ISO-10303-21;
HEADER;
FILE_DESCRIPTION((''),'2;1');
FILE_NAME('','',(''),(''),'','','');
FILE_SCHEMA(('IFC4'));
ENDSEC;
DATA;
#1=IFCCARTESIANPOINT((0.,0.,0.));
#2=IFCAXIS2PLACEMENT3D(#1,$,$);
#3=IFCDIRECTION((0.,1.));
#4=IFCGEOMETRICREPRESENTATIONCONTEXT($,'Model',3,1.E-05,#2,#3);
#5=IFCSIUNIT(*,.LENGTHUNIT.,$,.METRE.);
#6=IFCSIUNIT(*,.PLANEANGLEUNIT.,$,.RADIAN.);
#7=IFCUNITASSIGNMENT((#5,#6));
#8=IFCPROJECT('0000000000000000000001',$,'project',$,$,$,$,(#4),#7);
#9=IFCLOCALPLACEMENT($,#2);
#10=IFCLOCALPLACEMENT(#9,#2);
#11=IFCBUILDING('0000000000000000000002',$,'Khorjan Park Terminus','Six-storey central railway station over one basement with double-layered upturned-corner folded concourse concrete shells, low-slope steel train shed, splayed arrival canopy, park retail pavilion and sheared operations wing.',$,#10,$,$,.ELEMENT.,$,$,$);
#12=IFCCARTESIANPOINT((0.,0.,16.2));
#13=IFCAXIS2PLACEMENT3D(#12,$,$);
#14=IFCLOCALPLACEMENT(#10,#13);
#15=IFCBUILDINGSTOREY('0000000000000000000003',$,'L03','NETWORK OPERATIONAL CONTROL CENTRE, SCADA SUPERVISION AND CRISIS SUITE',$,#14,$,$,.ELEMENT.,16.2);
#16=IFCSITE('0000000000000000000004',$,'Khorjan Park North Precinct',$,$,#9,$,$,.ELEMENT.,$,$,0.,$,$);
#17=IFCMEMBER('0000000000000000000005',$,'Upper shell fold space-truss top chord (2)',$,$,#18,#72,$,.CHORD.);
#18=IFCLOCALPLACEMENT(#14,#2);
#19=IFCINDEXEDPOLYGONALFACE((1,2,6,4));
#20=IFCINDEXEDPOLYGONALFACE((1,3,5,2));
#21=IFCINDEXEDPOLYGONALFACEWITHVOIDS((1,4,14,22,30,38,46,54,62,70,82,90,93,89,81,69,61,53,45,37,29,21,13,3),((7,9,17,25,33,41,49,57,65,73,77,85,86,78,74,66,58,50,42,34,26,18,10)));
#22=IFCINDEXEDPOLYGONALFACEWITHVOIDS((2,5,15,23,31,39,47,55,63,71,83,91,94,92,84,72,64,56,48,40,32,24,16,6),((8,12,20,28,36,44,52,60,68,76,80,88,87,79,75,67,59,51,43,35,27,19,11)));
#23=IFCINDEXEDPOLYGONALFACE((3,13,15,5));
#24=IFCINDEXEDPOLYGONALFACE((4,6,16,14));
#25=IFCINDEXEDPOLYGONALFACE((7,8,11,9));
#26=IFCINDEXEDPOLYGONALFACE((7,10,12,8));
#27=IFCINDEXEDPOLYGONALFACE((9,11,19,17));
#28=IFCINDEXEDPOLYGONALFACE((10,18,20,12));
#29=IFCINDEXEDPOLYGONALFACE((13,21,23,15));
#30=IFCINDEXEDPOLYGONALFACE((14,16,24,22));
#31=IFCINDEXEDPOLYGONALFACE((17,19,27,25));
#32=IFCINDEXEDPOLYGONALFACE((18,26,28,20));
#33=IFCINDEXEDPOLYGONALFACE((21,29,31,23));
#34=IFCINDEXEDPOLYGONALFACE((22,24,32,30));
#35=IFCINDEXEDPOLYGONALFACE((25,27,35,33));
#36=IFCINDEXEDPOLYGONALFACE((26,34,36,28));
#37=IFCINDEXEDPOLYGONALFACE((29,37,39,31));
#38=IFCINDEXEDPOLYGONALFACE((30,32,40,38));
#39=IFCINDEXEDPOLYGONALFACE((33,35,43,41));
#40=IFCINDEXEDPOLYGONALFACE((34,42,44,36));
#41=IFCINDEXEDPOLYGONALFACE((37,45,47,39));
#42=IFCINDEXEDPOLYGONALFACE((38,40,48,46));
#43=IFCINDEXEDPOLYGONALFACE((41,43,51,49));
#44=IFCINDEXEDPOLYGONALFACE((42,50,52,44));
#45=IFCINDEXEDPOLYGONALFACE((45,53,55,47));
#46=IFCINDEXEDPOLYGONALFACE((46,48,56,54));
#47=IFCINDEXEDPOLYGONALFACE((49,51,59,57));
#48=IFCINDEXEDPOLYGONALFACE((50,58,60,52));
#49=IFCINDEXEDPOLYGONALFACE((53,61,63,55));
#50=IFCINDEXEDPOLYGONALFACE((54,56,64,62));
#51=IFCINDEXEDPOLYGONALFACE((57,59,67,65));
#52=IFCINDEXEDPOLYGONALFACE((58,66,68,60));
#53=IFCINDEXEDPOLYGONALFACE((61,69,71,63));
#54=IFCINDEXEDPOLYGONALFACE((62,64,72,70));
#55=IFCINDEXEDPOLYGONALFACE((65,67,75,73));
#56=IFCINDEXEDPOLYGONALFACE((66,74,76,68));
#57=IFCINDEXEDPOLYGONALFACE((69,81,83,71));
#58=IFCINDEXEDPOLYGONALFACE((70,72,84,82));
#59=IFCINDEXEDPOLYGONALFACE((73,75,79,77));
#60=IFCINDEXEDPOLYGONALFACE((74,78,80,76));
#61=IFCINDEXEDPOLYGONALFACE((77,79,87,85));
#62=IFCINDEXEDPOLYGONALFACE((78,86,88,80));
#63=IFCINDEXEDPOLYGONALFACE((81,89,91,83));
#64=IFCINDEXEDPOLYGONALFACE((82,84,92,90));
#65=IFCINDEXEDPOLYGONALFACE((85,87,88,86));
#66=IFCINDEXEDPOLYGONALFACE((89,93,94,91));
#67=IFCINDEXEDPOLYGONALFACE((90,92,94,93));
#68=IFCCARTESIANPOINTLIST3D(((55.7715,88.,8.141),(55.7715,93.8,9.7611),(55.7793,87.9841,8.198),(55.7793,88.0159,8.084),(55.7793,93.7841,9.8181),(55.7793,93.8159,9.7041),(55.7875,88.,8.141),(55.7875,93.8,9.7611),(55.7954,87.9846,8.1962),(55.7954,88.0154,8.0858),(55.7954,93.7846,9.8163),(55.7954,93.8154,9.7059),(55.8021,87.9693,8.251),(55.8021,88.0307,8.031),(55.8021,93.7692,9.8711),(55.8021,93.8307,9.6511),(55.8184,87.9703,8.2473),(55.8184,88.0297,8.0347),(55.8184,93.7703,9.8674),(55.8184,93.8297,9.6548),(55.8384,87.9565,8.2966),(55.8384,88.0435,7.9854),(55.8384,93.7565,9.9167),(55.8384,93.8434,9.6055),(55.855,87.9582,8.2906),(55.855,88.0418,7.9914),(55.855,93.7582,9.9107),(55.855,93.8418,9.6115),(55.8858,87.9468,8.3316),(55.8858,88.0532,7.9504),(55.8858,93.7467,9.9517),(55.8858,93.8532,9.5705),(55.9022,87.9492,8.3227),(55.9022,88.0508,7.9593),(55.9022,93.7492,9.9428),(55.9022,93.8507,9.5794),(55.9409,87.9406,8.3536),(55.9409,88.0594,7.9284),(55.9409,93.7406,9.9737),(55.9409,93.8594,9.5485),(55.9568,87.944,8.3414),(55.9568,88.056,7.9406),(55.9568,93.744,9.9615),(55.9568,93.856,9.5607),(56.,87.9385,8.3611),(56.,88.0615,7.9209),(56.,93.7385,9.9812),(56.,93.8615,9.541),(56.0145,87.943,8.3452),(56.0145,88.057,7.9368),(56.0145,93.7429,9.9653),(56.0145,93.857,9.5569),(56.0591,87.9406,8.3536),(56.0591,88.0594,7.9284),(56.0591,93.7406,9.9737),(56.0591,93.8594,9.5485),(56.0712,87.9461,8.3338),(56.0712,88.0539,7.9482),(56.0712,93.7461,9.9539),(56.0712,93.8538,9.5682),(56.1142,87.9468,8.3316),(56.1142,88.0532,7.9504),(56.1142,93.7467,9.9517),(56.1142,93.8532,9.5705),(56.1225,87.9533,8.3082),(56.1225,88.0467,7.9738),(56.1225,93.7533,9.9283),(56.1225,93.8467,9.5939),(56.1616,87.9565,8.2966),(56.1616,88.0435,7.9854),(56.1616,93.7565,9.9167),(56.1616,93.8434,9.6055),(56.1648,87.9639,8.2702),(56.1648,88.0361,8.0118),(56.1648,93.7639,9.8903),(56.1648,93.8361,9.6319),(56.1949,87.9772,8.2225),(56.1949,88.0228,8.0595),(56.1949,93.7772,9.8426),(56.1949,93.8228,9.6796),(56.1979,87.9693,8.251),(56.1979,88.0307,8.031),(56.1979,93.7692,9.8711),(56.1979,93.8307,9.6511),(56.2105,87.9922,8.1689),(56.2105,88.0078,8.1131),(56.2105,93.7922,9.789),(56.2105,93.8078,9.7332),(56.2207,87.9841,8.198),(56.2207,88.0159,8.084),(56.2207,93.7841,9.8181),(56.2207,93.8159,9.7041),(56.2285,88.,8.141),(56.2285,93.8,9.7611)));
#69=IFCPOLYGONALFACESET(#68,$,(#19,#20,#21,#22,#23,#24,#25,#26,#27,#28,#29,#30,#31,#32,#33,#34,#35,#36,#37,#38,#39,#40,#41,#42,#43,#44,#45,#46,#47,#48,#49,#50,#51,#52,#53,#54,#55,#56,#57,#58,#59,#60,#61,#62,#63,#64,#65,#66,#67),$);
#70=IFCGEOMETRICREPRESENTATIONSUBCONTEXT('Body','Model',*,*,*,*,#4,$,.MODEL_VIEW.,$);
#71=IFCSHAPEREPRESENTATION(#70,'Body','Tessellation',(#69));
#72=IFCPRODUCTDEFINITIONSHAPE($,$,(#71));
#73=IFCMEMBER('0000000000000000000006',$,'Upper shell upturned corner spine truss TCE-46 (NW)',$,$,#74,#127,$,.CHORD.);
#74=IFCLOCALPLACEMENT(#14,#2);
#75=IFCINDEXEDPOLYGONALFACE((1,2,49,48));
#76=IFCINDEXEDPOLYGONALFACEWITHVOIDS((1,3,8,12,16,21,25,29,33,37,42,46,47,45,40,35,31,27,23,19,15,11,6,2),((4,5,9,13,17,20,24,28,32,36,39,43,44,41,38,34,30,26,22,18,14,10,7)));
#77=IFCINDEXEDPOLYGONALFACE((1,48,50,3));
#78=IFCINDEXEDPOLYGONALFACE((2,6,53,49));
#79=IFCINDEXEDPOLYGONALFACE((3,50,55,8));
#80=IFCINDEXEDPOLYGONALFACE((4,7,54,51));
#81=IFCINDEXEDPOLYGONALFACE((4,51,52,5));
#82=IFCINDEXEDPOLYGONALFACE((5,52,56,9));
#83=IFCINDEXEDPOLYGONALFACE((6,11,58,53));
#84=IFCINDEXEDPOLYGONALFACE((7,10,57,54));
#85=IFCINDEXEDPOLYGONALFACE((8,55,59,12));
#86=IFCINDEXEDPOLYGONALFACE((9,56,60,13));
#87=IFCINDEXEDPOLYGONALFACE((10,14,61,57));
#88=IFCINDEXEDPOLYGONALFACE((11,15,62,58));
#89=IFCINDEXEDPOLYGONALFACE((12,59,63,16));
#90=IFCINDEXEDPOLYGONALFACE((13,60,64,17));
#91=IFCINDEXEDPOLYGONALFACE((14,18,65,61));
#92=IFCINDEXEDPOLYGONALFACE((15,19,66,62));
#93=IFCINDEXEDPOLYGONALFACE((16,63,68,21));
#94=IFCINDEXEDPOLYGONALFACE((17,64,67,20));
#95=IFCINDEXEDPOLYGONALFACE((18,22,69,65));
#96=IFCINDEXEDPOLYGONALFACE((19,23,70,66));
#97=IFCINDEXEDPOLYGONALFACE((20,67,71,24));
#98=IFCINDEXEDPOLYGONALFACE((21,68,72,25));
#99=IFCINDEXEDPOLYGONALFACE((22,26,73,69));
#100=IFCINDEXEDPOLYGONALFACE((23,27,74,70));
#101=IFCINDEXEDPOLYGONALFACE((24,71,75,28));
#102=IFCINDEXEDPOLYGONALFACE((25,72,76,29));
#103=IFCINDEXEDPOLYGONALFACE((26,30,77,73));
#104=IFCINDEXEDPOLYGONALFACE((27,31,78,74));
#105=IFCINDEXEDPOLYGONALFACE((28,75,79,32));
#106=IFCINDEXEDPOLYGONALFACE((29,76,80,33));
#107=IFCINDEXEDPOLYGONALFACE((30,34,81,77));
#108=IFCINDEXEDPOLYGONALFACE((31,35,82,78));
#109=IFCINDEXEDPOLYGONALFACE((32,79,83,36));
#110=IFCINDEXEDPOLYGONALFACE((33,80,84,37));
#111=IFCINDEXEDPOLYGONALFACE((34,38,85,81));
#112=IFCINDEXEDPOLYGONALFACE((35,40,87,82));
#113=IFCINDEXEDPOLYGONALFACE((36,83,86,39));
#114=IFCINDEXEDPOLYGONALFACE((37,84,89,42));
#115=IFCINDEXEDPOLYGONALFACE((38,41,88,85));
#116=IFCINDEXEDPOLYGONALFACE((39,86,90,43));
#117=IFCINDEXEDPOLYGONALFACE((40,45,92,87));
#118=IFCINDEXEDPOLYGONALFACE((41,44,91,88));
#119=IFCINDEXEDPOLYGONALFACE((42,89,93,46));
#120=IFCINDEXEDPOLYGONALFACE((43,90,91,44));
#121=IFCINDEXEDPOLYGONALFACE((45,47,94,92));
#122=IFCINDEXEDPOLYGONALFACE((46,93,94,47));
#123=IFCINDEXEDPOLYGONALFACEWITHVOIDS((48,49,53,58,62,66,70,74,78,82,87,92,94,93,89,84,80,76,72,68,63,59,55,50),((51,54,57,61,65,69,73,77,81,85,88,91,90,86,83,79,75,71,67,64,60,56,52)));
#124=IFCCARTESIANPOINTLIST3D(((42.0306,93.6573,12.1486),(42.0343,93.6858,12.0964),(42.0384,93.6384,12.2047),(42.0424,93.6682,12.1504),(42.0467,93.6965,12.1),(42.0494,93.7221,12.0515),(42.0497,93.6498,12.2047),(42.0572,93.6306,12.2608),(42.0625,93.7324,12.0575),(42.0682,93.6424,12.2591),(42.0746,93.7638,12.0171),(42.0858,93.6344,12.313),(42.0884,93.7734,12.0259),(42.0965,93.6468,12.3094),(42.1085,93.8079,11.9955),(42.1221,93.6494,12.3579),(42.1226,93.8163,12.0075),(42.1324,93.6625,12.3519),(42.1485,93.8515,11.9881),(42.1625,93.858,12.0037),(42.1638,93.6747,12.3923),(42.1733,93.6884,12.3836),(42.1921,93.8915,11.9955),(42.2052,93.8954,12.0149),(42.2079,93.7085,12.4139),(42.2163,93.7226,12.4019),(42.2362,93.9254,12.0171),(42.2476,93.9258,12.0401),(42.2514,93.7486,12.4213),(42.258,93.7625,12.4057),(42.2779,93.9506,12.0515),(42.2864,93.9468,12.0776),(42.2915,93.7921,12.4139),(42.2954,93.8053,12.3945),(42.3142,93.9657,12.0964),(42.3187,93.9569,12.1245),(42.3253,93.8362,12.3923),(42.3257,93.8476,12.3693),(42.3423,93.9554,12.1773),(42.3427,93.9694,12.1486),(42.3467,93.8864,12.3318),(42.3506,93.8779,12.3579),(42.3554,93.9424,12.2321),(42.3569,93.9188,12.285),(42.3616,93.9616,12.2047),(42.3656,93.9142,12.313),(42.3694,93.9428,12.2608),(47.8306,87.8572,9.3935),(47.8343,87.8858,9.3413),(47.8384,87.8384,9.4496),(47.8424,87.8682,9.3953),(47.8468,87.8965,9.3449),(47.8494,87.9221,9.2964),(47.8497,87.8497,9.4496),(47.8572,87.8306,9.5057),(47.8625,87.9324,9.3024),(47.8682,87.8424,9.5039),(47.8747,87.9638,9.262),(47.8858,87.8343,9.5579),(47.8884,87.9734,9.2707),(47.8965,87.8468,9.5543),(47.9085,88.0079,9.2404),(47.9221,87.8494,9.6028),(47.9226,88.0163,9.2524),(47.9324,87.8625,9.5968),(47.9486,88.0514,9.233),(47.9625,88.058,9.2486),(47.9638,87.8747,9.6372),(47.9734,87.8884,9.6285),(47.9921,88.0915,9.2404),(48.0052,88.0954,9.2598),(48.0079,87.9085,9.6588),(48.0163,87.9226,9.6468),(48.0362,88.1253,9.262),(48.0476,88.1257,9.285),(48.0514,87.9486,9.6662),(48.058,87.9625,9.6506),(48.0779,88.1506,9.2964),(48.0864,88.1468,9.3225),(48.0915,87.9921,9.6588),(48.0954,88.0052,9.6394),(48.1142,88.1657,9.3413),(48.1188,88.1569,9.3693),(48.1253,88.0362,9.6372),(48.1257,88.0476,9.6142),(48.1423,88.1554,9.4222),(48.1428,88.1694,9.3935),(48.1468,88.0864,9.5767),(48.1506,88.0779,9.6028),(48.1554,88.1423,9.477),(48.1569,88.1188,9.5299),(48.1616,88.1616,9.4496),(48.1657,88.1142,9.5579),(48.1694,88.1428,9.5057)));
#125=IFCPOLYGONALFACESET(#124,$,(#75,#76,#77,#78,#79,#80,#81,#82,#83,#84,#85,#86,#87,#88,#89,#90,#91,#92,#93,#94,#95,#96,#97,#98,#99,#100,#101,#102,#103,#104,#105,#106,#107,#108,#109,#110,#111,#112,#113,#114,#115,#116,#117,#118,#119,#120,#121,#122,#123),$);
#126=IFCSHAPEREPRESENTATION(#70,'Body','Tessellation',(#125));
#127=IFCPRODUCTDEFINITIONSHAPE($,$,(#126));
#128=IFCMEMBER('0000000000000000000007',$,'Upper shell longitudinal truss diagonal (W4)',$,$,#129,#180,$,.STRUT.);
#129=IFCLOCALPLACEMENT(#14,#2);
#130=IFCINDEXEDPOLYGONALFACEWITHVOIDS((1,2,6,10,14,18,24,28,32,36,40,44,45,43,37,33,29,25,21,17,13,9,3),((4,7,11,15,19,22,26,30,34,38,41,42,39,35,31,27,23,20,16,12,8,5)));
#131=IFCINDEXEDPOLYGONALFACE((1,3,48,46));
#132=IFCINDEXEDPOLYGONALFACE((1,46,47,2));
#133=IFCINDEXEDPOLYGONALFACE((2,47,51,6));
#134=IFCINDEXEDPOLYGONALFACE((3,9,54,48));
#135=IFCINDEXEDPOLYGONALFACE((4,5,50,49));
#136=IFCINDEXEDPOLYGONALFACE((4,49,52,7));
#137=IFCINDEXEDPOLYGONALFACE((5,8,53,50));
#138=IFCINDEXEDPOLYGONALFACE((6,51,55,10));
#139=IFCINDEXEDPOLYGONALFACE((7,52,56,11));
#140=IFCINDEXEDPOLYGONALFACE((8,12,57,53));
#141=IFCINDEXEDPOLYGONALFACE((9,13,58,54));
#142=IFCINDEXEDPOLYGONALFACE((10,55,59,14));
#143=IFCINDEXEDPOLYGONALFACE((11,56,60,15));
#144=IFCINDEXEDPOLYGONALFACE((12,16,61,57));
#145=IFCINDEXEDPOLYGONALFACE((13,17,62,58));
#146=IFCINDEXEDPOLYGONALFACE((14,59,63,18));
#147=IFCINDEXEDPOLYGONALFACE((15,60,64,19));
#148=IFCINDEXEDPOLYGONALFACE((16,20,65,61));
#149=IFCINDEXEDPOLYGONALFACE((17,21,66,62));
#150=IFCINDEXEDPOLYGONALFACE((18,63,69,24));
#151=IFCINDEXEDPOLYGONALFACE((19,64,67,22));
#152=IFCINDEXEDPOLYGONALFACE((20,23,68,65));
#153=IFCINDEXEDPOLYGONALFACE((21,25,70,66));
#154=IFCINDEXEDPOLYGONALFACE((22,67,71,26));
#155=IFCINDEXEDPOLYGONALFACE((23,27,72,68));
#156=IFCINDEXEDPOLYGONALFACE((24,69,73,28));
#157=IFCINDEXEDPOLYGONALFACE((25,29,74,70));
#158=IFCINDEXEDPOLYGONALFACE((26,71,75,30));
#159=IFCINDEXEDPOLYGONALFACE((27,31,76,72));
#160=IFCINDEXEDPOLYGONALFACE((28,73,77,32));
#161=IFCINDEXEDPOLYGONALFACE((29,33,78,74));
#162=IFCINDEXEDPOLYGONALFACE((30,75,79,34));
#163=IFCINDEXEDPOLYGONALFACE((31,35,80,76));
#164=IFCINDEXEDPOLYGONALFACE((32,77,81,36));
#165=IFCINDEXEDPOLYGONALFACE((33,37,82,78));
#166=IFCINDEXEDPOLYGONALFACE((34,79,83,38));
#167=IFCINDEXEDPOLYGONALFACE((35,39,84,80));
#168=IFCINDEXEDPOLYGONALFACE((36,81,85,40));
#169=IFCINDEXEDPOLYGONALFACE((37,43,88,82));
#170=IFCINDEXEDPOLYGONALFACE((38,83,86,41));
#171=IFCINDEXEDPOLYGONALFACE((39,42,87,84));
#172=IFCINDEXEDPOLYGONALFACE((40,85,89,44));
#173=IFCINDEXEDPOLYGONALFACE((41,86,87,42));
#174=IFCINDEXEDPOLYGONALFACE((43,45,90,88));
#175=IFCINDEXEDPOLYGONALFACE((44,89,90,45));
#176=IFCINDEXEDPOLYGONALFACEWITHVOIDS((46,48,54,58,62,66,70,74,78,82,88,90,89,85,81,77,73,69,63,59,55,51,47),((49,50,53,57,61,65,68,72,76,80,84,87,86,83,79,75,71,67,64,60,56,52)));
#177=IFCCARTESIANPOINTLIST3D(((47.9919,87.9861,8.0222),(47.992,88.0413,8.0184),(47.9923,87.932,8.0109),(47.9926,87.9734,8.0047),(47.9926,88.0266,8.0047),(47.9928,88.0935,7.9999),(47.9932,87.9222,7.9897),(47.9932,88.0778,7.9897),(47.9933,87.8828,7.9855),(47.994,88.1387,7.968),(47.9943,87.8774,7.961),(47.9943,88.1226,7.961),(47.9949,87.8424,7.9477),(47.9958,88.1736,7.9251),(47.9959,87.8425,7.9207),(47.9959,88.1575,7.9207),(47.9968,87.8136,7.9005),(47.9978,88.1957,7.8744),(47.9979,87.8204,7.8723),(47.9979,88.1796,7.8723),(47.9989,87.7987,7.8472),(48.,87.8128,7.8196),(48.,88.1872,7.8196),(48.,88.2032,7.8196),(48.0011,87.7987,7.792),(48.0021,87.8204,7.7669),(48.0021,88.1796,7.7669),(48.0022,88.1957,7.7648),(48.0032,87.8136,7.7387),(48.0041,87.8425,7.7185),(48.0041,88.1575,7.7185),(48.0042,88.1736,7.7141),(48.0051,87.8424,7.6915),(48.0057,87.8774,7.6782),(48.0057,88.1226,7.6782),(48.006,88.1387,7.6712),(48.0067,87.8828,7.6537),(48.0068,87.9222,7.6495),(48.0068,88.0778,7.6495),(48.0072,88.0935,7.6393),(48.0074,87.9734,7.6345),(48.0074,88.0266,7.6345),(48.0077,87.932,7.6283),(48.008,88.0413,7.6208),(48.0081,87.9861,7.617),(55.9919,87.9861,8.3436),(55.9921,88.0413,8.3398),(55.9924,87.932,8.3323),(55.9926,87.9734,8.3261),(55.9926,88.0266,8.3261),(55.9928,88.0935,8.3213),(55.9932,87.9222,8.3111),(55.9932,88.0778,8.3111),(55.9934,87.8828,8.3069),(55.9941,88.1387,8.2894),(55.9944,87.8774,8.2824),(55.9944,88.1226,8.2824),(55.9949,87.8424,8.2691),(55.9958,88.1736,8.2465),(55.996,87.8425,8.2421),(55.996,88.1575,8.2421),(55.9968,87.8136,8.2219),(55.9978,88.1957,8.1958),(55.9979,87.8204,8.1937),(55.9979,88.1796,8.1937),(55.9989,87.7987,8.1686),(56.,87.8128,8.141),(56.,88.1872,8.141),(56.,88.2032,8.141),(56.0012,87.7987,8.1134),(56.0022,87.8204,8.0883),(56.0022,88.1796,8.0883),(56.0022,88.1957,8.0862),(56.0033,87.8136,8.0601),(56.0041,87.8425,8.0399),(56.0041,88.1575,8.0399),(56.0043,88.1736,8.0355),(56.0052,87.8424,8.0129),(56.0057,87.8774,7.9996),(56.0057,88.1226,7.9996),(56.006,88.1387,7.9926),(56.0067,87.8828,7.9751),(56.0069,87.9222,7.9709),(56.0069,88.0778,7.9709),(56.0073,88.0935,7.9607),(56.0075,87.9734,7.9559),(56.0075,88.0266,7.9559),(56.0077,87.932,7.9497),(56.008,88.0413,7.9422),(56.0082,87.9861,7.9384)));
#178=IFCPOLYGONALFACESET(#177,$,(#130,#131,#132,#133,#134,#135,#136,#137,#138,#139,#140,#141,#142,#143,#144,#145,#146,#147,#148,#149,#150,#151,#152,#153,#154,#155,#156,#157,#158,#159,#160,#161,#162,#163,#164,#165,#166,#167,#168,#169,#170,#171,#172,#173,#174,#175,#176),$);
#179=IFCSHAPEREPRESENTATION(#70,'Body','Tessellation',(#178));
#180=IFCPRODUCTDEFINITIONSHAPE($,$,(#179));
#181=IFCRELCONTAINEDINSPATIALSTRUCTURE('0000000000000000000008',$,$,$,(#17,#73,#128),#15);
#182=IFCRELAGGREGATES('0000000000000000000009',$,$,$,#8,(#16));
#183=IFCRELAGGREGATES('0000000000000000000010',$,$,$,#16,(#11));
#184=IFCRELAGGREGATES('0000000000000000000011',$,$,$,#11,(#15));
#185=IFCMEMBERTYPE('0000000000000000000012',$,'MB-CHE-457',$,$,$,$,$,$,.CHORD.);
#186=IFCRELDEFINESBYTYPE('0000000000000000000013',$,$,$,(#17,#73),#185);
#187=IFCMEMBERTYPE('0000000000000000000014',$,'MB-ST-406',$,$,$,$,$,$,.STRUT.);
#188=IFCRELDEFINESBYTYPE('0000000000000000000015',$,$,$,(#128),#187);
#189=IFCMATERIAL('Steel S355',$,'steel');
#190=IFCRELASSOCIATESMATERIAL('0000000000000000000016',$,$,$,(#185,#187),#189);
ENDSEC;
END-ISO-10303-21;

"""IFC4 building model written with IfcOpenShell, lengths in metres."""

from ifc_helpers import new_model, si_unit, direction, frame, origin, origin_2d, place, context, subcontext, project, spatial, hollow_circle, extrude, material, material_profile, profile_set, type_object, element, save


model = new_model("IFC4")

# Units and contexts
model_context = context("Model", 3, precision=1e-05, world=origin(), true_north=direction((0.0, 1.0)))
body_context = subcontext(model_context, "Body", "Model", "MODEL_VIEW")
ifc_project = project(units=[si_unit("LENGTHUNIT", "METRE"), si_unit("PLANEANGLEUNIT", "RADIAN")], contexts=[model_context])

# Site, building, storey
site_placement = place(None, origin())
site = spatial("IfcSite", under=ifc_project, at=site_placement, Name="Khorjan Park North Precinct", CompositionType="ELEMENT", RefElevation=0.0)
building_placement = place(site_placement, origin())
building = spatial("IfcBuilding", under=site, at=building_placement, Name="Khorjan Park Terminus", Description="Six-storey central railway station over one basement with double-layered upturned-corner folded concourse concrete shells, low-slope steel train shed, splayed arrival canopy, park retail pavilion and sheared operations wing.", CompositionType="ELEMENT")
storey_placement = place(building_placement, frame((0.0, 0.0, 16.2)))
storey = spatial("IfcBuildingStorey", under=building, at=storey_placement, Name="L03", Description="NETWORK OPERATIONAL CONTROL CENTRE, SCADA SUPERVISION AND CRISIS SUITE", CompositionType="ELEMENT", Elevation=16.2)

# Members
ifc_material_1 = material(Name="Steel S355", Category="steel")
ifc_material_profile_1 = material_profile(ifc_material_1, hollow_circle(Radius=0.2285, WallThickness=0.016, at=origin_2d()), Name="CHS 457x16")
ifc_profile_set_1 = profile_set([ifc_material_profile_1], Name="Steel S355")
member_type_1 = type_object("IfcMemberType", Name="MB-CHE-457", PredefinedType="CHORD", material=ifc_profile_set_1)
member_1_placement = place(storey_placement, frame((56.0, 88.0, 8.141), z_axis=(0.0, 0.963132, 0.269029), x_axis=(-1.0, 0.0, 0.0)))
element("IfcMember", 1, at=member_1_placement, inside=storey, type_object=member_type_1, Name="Upper shell fold space-truss top chord (2)", PredefinedType="CHORD", context=body_context, shape_type="SweptSolid", body=[
    extrude(hollow_circle(Radius=0.2285, WallThickness=0.016, at=origin_2d()), origin(), (0.0, 0.0, 1.0), 6.022),
])
member_2_placement = place(storey_placement, frame((48.0, 88.0, 9.4496), z_axis=(-0.670305, 0.670305, 0.318406), x_axis=(-0.707107, -0.707107, 0.0)))
element("IfcMember", 2, at=member_2_placement, inside=storey, type_object=member_type_1, Name="Upper shell upturned corner spine truss TCE-46 (NW)", PredefinedType="CHORD", context=body_context, shape_type="SweptSolid", body=[
    extrude(hollow_circle(Radius=0.2285, WallThickness=0.016, at=origin_2d()), origin(), (0.0, 0.0, 1.0), 8.6528),
])
ifc_material_profile_2 = material_profile(ifc_material_1, hollow_circle(Radius=0.2032, WallThickness=0.016, at=origin_2d()), Name="CHS 406.4x16")
ifc_profile_set_2 = profile_set([ifc_material_profile_2], Name="Steel S355")
member_type_2 = type_object("IfcMemberType", Name="MB-ST-406", PredefinedType="STRUT", material=ifc_profile_set_2)
member_3_placement = place(storey_placement, frame((48.0, 88.0, 7.8196), z_axis=(0.999194, 0.0, 0.040143), x_axis=(0.0, 1.0, 0.0)))
element("IfcMember", 3, at=member_3_placement, inside=storey, type_object=member_type_2, Name="Upper shell longitudinal truss diagonal (W4)", PredefinedType="STRUT", context=body_context, shape_type="SweptSolid", body=[
    extrude(hollow_circle(Radius=0.2032, WallThickness=0.016, at=origin_2d()), origin(), (0.0, 0.0, 1.0), 8.0065),
])

save(model, "model.ifc")
